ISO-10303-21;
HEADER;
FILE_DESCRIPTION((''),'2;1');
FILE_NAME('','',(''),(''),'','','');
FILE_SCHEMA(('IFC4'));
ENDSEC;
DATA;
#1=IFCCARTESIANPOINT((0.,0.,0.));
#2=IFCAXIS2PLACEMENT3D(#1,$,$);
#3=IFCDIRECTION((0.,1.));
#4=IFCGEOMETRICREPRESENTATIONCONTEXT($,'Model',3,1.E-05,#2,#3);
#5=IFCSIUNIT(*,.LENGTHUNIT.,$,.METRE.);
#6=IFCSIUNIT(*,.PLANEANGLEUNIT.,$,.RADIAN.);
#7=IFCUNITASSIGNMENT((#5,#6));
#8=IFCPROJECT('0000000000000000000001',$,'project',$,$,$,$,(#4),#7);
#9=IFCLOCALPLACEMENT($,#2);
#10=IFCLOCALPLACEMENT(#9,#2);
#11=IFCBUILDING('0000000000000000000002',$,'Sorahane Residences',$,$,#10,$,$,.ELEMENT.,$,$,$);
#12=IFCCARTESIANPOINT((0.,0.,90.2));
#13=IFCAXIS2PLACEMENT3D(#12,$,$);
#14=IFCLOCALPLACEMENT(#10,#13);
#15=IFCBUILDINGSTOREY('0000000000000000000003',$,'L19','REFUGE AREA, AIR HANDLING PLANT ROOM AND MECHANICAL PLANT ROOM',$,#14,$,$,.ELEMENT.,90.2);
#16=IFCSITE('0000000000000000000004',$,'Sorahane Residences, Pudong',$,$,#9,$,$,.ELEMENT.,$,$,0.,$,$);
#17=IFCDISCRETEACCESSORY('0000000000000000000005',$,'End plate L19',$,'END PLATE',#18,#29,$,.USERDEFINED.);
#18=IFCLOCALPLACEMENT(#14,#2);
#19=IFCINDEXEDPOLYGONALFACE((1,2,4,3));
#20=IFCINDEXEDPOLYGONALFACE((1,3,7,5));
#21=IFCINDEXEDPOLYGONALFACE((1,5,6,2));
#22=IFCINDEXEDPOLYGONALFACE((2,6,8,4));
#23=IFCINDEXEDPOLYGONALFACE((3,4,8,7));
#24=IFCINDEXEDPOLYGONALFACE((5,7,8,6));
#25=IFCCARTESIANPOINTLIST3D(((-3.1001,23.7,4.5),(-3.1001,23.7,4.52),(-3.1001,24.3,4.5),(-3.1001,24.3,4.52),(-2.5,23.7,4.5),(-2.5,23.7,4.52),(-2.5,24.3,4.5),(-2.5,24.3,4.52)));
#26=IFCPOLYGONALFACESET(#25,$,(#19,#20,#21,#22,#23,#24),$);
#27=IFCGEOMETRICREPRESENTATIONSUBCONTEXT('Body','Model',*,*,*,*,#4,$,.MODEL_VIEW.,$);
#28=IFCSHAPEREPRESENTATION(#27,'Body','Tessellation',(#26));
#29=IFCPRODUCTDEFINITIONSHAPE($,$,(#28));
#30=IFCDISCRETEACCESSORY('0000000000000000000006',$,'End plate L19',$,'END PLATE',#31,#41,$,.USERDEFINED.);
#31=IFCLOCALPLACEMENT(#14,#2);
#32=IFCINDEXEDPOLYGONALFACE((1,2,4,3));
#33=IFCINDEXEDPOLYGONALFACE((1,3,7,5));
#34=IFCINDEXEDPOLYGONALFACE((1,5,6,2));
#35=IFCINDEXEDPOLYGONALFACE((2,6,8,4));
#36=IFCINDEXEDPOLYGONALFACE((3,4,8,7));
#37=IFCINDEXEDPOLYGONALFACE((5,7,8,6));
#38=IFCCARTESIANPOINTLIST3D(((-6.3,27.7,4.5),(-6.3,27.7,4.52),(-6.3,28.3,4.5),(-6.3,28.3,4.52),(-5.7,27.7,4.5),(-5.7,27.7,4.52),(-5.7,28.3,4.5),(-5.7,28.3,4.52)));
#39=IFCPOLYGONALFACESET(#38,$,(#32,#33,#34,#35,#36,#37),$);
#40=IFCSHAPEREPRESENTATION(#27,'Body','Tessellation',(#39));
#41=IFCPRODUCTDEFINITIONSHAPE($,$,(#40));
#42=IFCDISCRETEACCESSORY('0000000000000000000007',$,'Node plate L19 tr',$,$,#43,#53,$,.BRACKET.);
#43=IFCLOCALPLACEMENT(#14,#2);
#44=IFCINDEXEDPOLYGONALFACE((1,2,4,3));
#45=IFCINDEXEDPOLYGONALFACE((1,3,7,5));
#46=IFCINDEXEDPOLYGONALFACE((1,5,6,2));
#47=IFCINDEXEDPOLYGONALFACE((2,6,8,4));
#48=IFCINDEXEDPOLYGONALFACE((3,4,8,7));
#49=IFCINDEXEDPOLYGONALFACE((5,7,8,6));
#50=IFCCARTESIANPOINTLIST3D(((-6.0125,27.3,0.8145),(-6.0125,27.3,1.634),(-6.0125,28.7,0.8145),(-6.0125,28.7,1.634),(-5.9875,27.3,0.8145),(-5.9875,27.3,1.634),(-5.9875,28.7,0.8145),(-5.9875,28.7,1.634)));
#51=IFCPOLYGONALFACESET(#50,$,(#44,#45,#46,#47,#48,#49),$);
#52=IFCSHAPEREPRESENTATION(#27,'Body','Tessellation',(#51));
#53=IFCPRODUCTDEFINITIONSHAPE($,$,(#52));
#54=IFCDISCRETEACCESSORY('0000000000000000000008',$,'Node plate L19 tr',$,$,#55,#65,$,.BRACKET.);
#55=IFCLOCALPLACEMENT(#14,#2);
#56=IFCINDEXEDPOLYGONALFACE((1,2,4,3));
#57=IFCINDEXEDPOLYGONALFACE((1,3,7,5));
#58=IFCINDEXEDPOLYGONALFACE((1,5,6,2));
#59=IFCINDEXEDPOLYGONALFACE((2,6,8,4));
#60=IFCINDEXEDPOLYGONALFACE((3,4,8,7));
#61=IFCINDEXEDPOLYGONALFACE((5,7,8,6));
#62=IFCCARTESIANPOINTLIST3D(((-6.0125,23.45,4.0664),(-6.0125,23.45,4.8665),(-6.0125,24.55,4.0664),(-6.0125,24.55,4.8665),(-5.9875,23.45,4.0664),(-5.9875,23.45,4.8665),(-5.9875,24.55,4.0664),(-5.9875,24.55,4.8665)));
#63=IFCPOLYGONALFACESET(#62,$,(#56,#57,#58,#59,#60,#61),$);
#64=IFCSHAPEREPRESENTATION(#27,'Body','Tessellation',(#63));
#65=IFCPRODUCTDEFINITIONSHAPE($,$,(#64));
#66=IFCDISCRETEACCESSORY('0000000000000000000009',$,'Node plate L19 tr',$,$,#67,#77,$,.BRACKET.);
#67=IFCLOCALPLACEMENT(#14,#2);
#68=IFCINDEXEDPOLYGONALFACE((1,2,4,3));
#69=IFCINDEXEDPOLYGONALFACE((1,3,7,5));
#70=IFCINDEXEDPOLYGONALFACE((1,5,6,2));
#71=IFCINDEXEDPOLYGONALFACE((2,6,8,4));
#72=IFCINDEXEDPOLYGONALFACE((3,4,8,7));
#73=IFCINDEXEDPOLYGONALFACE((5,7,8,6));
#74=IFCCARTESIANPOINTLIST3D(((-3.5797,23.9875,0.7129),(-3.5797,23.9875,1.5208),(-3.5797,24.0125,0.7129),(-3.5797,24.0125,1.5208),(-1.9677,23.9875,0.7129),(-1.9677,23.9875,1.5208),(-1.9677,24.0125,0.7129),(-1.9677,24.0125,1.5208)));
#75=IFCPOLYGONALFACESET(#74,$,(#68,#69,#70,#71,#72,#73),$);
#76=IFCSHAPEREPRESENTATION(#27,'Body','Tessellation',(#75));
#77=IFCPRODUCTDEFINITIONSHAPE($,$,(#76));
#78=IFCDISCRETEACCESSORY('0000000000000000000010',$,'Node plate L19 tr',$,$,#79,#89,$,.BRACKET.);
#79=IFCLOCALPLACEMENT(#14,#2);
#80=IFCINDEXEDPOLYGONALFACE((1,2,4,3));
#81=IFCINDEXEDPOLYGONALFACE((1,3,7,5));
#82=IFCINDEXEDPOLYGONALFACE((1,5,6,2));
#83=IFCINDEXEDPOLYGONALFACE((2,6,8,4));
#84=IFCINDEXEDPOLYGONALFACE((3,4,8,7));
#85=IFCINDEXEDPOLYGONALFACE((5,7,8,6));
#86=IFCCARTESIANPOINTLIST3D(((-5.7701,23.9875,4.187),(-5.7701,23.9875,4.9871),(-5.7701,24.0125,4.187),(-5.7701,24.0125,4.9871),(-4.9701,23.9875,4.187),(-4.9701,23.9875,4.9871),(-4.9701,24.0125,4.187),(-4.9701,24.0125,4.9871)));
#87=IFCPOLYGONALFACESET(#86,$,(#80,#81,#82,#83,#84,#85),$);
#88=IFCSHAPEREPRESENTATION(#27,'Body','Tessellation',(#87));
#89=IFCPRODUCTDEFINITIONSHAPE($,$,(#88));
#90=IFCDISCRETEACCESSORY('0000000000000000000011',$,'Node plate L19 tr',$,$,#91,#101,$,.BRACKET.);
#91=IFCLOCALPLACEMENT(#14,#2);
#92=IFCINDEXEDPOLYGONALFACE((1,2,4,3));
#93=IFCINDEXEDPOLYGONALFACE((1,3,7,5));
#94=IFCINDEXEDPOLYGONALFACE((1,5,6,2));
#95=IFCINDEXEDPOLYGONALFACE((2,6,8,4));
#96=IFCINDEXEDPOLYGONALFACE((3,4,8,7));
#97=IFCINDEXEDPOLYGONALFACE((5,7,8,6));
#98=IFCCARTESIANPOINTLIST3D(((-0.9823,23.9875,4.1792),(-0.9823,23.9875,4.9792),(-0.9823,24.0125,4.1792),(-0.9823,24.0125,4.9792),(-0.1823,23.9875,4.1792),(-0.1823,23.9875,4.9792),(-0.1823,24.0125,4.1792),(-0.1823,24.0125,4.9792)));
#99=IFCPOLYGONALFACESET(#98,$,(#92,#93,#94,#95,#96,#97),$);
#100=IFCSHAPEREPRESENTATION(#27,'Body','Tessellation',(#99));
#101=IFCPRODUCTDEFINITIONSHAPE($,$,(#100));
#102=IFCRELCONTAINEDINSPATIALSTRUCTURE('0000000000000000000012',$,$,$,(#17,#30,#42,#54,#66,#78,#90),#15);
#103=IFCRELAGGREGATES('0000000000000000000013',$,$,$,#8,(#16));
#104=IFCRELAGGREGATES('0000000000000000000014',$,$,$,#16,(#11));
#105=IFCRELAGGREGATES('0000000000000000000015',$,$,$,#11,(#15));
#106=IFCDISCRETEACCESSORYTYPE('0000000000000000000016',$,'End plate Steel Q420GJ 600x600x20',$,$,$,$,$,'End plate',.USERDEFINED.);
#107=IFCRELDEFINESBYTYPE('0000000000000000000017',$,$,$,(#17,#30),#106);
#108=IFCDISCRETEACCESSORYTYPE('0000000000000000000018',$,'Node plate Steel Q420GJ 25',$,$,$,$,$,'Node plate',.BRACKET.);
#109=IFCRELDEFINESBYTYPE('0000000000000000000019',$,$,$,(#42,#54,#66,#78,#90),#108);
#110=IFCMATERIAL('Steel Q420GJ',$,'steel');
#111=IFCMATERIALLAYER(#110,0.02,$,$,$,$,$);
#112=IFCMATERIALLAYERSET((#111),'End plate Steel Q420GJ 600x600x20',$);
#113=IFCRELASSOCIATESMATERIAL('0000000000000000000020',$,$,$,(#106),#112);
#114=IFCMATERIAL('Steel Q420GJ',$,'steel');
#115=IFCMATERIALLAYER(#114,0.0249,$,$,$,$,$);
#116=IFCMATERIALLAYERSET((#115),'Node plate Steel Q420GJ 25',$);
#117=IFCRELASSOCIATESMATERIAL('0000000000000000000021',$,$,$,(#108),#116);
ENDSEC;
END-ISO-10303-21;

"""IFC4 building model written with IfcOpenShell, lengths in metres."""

from ifc_helpers import new_model, si_unit, direction, frame, origin, origin_2d, place, context, subcontext, project, spatial, rectangle, extrude, material, layer, layer_set, type_object, element, save


model = new_model("IFC4")

# Units and contexts
model_context = context("Model", 3, precision=1e-05, world=origin(), true_north=direction((0.0, 1.0)))
body_context = subcontext(model_context, "Body", "Model", "MODEL_VIEW")
ifc_project = project(units=[si_unit("LENGTHUNIT", "METRE"), si_unit("PLANEANGLEUNIT", "RADIAN")], contexts=[model_context])

# Site, building, storey
site_placement = place(None, origin())
site = spatial("IfcSite", under=ifc_project, at=site_placement, Name="Sorahane Residences, Pudong", CompositionType="ELEMENT", RefElevation=0.0)
building_placement = place(site_placement, origin())
building = spatial("IfcBuilding", under=site, at=building_placement, Name="Sorahane Residences", CompositionType="ELEMENT")
storey_placement = place(building_placement, frame((0.0, 0.0, 90.2)))
storey = spatial("IfcBuildingStorey", under=building, at=storey_placement, Name="L19", Description="REFUGE AREA, AIR HANDLING PLANT ROOM AND MECHANICAL PLANT ROOM", CompositionType="ELEMENT", Elevation=90.2)

# Discrete accessories
ifc_material_1 = material(Name="Steel Q420GJ", Category="steel")
ifc_layer_1 = layer(ifc_material_1, 0.02)
ifc_layer_set_1 = layer_set([ifc_layer_1], Name="End plate Steel Q420GJ 600x600x20")
discrete_accessory_type_1 = type_object("IfcDiscreteAccessoryType", Name="End plate Steel Q420GJ 600x600x20", ElementType="End plate", PredefinedType="USERDEFINED", material=ifc_layer_set_1)
for number, where, z_axis, x_axis, name in (
    (1, (-2.8, 24.0, 4.5), (0.0, 0.0, 1.0), (1.0, 0.0, 0.0), "End plate L19"),
    (2, (-6.0, 28.0, 4.5), (0.0, 0.0, 1.0), (1.0, 0.0, 0.0), "End plate L19"),
):
    element("IfcDiscreteAccessory", number, at=place(storey_placement, frame(where, z_axis=z_axis, x_axis=x_axis)), inside=storey, type_object=discrete_accessory_type_1, Name=name, ObjectType="END PLATE", PredefinedType="USERDEFINED", context=body_context, shape_type="SweptSolid", body=[
        extrude(rectangle(XDim=0.6001, YDim=0.6001, at=origin_2d()), origin(), (0.0, 0.0, 1.0), 0.02),
    ])
ifc_material_2 = material(Name="Steel Q420GJ", Category="steel")
ifc_layer_2 = layer(ifc_material_2, 0.0249)
ifc_layer_set_2 = layer_set([ifc_layer_2], Name="Node plate Steel Q420GJ 25")
discrete_accessory_type_2 = type_object("IfcDiscreteAccessoryType", Name="Node plate Steel Q420GJ 25", ElementType="Node plate", PredefinedType="BRACKET", material=ifc_layer_set_2)
discrete_accessory_1_placement = place(storey_placement, frame((-6.0, 28.0, 0.8145), z_axis=(0.0, 0.0, 1.0), x_axis=(0.0, 1.0, 0.0)))
element("IfcDiscreteAccessory", 3, at=discrete_accessory_1_placement, inside=storey, type_object=discrete_accessory_type_2, Name="Node plate L19 tr", PredefinedType="BRACKET", context=body_context, shape_type="SweptSolid", body=[
    extrude(rectangle(XDim=1.3999, YDim=0.0249, at=origin_2d()), origin(), (0.0, 0.0, 1.0), 0.8196),
])
discrete_accessory_2_placement = place(storey_placement, frame((-6.0, 24.0, 4.0664), z_axis=(0.0, 0.0, 1.0), x_axis=(0.0, 1.0, 0.0)))
element("IfcDiscreteAccessory", 4, at=discrete_accessory_2_placement, inside=storey, type_object=discrete_accessory_type_2, Name="Node plate L19 tr", PredefinedType="BRACKET", context=body_context, shape_type="SweptSolid", body=[
    extrude(rectangle(XDim=1.1001, YDim=0.0249, at=origin_2d()), origin(), (0.0, 0.0, 1.0), 0.8),
])
discrete_accessory_3_placement = place(storey_placement, frame((-2.7737, 24.0, 0.7129), z_axis=(0.0, 0.0, 1.0), x_axis=(1.0, 0.0, 0.0)))
element("IfcDiscreteAccessory", 5, at=discrete_accessory_3_placement, inside=storey, type_object=discrete_accessory_type_2, Name="Node plate L19 tr", PredefinedType="BRACKET", context=body_context, shape_type="SweptSolid", body=[
    extrude(rectangle(XDim=1.6121, YDim=0.0249, at=origin_2d()), origin(), (0.0, 0.0, 1.0), 0.8079),
])
for number, where, z_axis, x_axis, name in (
    (6, (-5.3701, 24.0, 4.187), (0.0, 0.0, 1.0), (1.0, 0.0, 0.0), "Node plate L19 tr"),
    (7, (-0.5823, 24.0, 4.1792), (0.0, 0.0, 1.0), (1.0, 0.0, 0.0), "Node plate L19 tr"),
):
    element("IfcDiscreteAccessory", number, at=place(storey_placement, frame(where, z_axis=z_axis, x_axis=x_axis)), inside=storey, type_object=discrete_accessory_type_2, Name=name, PredefinedType="BRACKET", context=body_context, shape_type="SweptSolid", body=[
        extrude(rectangle(XDim=0.8, YDim=0.0249, at=origin_2d()), origin(), (0.0, 0.0, 1.0), 0.8),
    ])

save(model, "model.ifc")
